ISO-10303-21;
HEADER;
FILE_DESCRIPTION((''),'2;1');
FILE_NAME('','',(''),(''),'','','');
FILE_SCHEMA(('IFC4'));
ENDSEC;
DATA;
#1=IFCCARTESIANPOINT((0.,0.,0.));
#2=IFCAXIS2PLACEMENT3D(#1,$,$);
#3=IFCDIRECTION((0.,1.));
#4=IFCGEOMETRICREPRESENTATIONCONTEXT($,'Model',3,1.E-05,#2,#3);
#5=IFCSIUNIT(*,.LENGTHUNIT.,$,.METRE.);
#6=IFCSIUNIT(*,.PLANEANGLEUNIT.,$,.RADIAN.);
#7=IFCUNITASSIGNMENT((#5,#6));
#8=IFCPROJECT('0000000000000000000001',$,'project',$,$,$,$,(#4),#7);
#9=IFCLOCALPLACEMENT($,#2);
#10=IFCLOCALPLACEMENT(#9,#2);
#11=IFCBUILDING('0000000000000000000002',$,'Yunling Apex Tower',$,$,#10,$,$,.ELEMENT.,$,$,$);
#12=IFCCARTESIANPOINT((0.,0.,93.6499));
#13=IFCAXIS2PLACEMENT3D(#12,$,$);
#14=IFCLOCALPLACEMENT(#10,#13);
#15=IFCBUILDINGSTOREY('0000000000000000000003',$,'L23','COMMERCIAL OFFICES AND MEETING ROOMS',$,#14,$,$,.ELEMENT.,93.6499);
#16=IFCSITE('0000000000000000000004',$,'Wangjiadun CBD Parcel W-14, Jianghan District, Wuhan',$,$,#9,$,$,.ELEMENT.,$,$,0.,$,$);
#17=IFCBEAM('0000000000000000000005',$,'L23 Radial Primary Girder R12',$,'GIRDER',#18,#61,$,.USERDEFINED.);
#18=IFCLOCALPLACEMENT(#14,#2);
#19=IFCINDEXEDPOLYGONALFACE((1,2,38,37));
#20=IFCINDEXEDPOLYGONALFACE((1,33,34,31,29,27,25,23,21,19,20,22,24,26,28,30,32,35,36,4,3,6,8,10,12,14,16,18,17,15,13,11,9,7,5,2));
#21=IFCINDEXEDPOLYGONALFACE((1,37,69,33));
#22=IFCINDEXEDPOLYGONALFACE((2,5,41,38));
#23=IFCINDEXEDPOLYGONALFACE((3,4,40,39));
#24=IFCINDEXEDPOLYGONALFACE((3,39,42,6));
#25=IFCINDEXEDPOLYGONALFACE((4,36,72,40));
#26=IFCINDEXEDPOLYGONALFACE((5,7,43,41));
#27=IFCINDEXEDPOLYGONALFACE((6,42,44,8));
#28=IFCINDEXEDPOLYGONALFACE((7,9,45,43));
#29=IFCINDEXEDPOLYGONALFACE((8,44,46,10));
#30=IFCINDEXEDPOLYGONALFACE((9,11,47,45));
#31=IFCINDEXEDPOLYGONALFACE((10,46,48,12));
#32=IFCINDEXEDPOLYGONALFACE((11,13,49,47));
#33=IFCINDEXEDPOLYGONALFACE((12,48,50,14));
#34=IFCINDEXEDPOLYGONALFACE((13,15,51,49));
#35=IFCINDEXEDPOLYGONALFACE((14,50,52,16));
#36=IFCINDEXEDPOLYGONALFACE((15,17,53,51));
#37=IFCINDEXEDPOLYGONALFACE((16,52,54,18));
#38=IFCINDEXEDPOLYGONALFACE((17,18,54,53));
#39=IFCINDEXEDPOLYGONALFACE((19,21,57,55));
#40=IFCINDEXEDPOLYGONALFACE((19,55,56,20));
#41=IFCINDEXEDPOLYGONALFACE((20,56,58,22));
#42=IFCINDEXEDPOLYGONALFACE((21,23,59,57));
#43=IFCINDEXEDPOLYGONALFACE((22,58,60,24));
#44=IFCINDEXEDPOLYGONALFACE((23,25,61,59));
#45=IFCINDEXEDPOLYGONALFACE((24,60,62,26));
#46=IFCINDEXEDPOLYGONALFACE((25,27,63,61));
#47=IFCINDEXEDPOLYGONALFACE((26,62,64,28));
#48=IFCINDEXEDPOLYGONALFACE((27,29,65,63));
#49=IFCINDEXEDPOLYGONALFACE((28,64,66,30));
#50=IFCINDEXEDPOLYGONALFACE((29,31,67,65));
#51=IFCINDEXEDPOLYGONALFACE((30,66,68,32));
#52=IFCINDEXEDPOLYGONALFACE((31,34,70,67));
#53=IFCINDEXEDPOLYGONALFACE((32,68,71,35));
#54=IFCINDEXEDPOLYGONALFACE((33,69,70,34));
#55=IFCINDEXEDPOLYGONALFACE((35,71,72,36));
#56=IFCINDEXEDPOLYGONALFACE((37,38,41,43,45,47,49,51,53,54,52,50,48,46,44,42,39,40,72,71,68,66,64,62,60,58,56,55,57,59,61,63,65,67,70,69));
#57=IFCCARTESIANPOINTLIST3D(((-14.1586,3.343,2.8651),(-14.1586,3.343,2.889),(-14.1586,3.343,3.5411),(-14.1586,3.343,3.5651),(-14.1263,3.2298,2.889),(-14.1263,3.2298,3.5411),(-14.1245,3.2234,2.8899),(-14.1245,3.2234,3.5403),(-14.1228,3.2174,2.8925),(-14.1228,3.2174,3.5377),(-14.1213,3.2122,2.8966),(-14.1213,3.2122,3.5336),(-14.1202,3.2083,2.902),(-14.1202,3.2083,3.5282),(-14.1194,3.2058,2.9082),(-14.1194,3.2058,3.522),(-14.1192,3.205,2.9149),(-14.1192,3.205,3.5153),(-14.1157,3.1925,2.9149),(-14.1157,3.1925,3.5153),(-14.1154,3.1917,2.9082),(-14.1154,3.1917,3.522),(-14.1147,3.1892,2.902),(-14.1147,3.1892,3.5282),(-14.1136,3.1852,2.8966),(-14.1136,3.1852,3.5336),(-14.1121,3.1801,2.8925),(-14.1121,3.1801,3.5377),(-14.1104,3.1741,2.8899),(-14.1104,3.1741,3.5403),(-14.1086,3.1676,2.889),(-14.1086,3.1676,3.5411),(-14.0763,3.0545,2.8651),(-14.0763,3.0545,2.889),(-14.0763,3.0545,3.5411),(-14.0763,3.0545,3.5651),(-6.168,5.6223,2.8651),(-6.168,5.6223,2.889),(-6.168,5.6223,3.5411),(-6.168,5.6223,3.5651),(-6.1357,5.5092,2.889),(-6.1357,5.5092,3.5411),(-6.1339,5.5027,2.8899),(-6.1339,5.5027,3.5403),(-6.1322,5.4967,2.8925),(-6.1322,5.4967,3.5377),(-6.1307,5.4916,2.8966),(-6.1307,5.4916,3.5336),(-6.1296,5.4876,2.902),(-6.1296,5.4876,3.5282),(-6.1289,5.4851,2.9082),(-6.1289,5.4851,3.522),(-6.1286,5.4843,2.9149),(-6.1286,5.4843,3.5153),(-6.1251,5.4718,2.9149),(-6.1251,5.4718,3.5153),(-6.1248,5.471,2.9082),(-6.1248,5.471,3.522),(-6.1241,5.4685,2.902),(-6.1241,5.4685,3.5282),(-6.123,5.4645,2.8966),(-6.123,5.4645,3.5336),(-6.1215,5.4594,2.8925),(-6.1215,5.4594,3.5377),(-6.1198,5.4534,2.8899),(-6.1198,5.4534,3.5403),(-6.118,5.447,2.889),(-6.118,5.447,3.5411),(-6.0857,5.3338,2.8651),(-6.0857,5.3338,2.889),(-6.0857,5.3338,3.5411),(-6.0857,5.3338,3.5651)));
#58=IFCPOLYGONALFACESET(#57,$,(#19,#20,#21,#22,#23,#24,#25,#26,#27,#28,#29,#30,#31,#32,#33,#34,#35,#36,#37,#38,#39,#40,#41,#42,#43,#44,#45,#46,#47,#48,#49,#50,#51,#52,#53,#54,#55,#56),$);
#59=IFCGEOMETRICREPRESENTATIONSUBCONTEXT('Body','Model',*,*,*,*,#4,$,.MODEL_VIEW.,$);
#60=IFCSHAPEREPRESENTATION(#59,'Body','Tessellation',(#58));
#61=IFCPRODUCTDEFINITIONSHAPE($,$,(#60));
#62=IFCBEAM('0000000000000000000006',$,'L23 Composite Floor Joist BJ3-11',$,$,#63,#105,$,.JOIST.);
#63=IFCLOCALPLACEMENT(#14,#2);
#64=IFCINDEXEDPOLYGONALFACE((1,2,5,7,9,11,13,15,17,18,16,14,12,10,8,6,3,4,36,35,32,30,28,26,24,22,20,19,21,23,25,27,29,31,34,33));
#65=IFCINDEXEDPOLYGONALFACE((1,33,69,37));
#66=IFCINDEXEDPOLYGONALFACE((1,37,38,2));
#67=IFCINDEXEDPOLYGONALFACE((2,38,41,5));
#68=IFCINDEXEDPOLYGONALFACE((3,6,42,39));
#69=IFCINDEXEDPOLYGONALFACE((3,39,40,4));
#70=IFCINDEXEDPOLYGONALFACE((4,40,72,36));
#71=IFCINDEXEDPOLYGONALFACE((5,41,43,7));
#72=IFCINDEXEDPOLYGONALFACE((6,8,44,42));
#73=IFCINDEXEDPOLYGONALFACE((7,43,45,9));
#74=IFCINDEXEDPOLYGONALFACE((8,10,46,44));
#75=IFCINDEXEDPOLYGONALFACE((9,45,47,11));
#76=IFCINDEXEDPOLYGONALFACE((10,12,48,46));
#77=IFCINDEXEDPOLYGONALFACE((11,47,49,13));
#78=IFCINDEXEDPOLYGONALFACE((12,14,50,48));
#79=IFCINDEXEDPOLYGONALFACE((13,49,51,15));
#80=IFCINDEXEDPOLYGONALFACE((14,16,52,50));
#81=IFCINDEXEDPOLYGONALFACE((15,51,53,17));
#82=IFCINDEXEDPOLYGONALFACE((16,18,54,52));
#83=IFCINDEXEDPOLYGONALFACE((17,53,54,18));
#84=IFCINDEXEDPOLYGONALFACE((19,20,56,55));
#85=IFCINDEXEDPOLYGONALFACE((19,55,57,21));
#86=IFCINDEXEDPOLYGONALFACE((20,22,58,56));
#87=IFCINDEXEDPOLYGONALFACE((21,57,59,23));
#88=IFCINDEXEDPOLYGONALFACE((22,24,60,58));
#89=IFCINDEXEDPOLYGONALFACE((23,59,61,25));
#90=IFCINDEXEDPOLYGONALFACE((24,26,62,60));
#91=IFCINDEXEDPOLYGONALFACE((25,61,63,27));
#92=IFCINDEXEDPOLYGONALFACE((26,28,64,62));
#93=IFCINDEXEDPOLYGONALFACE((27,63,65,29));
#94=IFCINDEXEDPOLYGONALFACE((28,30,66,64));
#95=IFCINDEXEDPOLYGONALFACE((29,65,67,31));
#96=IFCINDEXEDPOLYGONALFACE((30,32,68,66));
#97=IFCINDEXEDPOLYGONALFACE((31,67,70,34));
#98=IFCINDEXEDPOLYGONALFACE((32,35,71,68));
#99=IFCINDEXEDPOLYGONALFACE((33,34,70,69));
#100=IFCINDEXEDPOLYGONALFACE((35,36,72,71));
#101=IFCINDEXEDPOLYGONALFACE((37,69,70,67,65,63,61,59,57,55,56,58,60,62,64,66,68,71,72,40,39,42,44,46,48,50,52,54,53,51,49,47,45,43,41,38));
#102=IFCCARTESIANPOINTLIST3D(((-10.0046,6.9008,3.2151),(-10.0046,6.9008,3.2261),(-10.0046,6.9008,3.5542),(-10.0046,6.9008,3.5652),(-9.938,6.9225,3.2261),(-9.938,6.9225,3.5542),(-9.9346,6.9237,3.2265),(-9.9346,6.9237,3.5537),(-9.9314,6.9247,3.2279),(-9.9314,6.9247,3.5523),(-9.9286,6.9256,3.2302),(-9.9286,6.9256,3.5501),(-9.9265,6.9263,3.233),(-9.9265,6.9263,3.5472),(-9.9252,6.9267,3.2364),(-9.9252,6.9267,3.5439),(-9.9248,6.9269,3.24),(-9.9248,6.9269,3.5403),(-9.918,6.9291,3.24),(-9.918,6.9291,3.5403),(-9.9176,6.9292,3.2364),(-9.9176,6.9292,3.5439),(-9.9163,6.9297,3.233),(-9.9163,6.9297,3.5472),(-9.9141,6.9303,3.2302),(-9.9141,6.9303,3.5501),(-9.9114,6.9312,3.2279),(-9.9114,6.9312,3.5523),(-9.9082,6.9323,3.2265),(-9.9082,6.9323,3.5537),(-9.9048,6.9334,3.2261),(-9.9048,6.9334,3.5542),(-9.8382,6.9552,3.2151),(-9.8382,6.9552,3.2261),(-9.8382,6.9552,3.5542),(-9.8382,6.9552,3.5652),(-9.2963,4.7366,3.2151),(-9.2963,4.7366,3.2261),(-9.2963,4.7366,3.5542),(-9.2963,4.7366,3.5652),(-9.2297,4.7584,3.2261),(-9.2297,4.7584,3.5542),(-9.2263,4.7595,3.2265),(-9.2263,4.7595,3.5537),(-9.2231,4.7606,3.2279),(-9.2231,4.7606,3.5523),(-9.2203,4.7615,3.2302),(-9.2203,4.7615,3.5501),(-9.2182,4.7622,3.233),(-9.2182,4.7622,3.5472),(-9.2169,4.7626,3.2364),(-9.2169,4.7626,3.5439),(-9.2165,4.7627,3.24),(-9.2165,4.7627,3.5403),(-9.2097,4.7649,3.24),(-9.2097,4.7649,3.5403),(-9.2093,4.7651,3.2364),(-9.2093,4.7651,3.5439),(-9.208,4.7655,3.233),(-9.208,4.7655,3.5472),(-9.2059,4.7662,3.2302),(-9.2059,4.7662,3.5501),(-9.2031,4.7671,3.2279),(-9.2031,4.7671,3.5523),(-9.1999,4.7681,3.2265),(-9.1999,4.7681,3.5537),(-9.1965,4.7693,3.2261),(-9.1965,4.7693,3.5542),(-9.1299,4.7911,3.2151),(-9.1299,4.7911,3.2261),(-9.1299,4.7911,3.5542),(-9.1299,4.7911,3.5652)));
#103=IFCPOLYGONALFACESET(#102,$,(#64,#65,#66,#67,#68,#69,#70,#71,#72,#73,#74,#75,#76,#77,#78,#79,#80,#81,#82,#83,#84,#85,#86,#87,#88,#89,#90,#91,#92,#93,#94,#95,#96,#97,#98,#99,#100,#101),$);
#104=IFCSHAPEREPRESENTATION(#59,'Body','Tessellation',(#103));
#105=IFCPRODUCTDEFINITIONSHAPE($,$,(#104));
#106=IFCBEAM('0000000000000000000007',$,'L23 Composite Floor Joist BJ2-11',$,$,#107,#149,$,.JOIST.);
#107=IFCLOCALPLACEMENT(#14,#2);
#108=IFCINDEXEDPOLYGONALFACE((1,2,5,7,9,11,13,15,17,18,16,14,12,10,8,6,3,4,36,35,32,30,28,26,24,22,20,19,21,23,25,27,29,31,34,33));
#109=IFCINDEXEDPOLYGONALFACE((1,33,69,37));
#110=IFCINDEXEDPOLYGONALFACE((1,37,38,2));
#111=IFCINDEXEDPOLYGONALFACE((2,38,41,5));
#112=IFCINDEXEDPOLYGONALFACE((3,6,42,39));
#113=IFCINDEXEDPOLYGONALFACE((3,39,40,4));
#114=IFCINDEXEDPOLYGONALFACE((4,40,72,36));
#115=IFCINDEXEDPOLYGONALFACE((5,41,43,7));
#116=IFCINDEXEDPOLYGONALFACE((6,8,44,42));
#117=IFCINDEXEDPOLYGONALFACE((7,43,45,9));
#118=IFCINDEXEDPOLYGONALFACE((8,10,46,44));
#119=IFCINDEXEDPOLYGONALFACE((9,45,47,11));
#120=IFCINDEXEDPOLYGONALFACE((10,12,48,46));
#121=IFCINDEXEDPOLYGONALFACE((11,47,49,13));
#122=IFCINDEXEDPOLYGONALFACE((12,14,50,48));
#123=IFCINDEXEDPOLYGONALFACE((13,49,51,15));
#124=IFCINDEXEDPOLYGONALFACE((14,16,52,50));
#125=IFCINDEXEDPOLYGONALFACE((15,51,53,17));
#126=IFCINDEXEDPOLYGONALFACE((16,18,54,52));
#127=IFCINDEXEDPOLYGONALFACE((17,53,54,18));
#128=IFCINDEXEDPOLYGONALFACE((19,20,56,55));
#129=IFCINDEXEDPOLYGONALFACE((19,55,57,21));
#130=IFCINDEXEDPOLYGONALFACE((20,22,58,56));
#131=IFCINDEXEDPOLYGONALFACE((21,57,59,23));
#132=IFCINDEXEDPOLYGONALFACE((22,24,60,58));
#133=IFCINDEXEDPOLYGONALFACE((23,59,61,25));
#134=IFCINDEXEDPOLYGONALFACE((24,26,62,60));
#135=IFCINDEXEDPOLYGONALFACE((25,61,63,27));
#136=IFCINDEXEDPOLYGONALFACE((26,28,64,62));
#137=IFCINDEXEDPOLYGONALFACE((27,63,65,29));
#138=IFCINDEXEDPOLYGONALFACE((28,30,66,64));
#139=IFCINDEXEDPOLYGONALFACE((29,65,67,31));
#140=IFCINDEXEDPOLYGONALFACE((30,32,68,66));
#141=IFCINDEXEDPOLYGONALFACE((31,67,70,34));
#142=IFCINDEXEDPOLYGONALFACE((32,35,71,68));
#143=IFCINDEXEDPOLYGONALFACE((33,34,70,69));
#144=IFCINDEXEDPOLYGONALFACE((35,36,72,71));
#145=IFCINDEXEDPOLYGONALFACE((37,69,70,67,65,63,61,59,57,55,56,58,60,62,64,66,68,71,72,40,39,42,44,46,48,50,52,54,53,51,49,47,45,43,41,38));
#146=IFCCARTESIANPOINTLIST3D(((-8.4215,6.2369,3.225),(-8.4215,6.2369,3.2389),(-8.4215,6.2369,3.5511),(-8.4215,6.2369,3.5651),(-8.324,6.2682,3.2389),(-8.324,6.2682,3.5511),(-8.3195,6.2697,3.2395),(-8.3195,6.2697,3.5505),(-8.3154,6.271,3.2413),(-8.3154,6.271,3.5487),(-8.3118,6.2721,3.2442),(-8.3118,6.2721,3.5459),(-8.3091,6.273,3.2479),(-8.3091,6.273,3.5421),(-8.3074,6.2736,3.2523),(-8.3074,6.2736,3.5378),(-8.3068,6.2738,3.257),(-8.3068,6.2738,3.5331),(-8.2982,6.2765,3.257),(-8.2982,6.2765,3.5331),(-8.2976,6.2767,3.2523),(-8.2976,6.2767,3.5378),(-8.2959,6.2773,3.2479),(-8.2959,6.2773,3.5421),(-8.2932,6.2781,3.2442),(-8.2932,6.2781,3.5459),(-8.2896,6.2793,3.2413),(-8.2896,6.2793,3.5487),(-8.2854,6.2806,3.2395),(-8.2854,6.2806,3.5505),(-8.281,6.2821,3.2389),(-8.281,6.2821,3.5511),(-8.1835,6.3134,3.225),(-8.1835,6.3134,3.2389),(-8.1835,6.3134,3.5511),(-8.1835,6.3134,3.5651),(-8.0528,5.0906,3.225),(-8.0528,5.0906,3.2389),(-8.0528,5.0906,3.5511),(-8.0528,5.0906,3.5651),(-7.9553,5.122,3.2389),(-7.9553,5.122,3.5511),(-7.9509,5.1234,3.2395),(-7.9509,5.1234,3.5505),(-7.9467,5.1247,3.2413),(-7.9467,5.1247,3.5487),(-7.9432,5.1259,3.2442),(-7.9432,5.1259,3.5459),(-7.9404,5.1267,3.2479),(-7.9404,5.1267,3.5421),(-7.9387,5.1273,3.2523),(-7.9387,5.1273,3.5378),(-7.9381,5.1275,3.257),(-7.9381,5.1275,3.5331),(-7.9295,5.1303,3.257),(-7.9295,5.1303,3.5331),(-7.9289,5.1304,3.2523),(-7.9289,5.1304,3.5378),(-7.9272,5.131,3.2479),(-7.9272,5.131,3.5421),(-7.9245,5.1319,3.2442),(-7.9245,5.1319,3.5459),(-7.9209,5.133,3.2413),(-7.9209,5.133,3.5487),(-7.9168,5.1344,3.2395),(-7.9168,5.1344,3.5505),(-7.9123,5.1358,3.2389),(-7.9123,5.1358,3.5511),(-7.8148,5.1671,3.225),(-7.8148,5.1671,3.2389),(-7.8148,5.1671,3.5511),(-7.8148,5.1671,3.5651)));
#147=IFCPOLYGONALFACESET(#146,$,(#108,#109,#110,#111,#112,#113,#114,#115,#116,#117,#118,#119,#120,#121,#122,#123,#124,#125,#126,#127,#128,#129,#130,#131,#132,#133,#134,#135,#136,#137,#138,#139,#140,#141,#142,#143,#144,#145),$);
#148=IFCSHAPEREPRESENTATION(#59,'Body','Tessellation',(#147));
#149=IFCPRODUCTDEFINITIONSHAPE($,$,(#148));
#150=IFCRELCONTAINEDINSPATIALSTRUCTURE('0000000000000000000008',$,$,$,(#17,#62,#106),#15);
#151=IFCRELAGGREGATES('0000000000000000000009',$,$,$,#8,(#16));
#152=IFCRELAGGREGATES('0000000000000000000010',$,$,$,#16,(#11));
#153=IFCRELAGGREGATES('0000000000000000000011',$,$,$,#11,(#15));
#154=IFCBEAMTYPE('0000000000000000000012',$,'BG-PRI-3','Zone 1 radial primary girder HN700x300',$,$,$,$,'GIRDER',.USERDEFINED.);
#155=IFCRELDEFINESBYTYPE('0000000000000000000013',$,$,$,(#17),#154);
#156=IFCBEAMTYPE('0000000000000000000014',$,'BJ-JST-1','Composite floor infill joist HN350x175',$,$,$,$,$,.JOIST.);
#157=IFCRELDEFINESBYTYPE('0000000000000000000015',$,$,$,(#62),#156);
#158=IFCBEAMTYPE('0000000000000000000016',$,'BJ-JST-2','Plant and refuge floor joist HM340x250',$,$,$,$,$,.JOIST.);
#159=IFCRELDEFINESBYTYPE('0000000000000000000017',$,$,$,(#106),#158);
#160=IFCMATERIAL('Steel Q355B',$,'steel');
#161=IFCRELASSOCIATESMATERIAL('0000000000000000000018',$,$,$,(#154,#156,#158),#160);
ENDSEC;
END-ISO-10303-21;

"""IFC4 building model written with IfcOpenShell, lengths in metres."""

from ifc_helpers import new_model, si_unit, direction, frame, origin, origin_2d, place, context, subcontext, project, spatial, i_section, extrude, source, transform, mapped, material, material_profile, profile_set, type_object, element, save


model = new_model("IFC4")

# Units and contexts
model_context = context("Model", 3, precision=1e-05, world=origin(), true_north=direction((0.0, 1.0)))
body_context = subcontext(model_context, "Body", "Model", "MODEL_VIEW")
ifc_project = project(units=[si_unit("LENGTHUNIT", "METRE"), si_unit("PLANEANGLEUNIT", "RADIAN")], contexts=[model_context])

# Site, building, storey
site_placement = place(None, origin())
site = spatial("IfcSite", under=ifc_project, at=site_placement, Name="Wangjiadun CBD Parcel W-14, Jianghan District, Wuhan", CompositionType="ELEMENT", RefElevation=0.0)
building_placement = place(site_placement, origin())
building = spatial("IfcBuilding", under=site, at=building_placement, Name="Yunling Apex Tower", CompositionType="ELEMENT")
storey_placement = place(building_placement, frame((0.0, 0.0, 93.6499)))
storey = spatial("IfcBuildingStorey", under=building, at=storey_placement, Name="L23", Description="COMMERCIAL OFFICES AND MEETING ROOMS", CompositionType="ELEMENT", Elevation=93.6499)

# Beams
ifc_material_1 = material(Name="Steel Q355B", Category="steel")
ifc_material_profile_1 = material_profile(ifc_material_1, i_section(OverallWidth=0.3, OverallDepth=0.7, WebThickness=0.0129, FlangeThickness=0.0239, FilletRadius=0.0259, at=origin_2d()))
ifc_profile_set_1 = profile_set([ifc_material_profile_1], Name="Steel Q355B")
beam_type_1 = type_object("IfcBeamType", Name="BG-PRI-3", Description="Zone 1 radial primary girder HN700x300", ElementType="GIRDER", PredefinedType="USERDEFINED", material=ifc_profile_set_1)
shared_shape_1 = source(origin(), body_context, "Body", "SweptSolid", [
    extrude(i_section(OverallWidth=0.3, OverallDepth=0.7, WebThickness=0.0129, FlangeThickness=0.0239, FilletRadius=0.0259, at=origin_2d()), origin(), (0.0, 0.0, 1.0), 8.3093),
])
beam_1_placement = place(storey_placement, frame((-14.1174, 3.1987, 3.2151), z_axis=(0.961641, 0.27431, 0.0), x_axis=(-0.27431, 0.961641, 0.0)))
element("IfcBeam", 1, at=beam_1_placement, inside=storey, type_object=beam_type_1, Name="L23 Radial Primary Girder R12", ObjectType="GIRDER", PredefinedType="USERDEFINED", context=body_context, shape_type="MappedRepresentation", body=[
    mapped(shared_shape_1, transform((0.0, 0.0, 0.0), scale=1.0)),
])
ifc_material_profile_2 = material_profile(ifc_material_1, i_section(OverallWidth=0.175, OverallDepth=0.3501, WebThickness=0.0071, FlangeThickness=0.011, FilletRadius=0.0139, at=origin_2d()))
ifc_profile_set_2 = profile_set([ifc_material_profile_2], Name="Steel Q355B")
beam_type_2 = type_object("IfcBeamType", Name="BJ-JST-1", Description="Composite floor infill joist HN350x175", PredefinedType="JOIST", material=ifc_profile_set_2)
shared_shape_2 = source(origin(), body_context, "Body", "SweptSolid", [
    extrude(i_section(OverallWidth=0.175, OverallDepth=0.3501, WebThickness=0.0071, FlangeThickness=0.011, FilletRadius=0.0139, at=origin_2d()), origin(), (0.0, 0.0, 1.0), 2.2771),
])
beam_2_placement = place(storey_placement, frame((-9.9214, 6.928, 3.3901), z_axis=(0.311044, -0.950395, 0.0), x_axis=(0.950395, 0.311044, 0.0)))
element("IfcBeam", 2, at=beam_2_placement, inside=storey, type_object=beam_type_2, Name="L23 Composite Floor Joist BJ3-11", PredefinedType="JOIST", context=body_context, shape_type="MappedRepresentation", body=[
    mapped(shared_shape_2, transform((0.0, 0.0, 0.0), scale=1.0)),
])
ifc_material_profile_3 = material_profile(ifc_material_1, i_section(OverallWidth=0.25, OverallDepth=0.3401, WebThickness=0.009, FlangeThickness=0.0139, FilletRadius=0.0181, at=origin_2d()))
ifc_profile_set_3 = profile_set([ifc_material_profile_3], Name="Steel Q355B")
beam_type_3 = type_object("IfcBeamType", Name="BJ-JST-2", Description="Plant and refuge floor joist HM340x250", PredefinedType="JOIST", material=ifc_profile_set_3)
shared_shape_3 = source(origin(), body_context, "Body", "SweptSolid", [
    extrude(i_section(OverallWidth=0.25, OverallDepth=0.3401, WebThickness=0.009, FlangeThickness=0.0139, FilletRadius=0.0181, at=origin_2d()), origin(), (0.0, 0.0, 1.0), 1.2041),
])
beam_3_placement = place(storey_placement, frame((-8.3025, 6.2751, 3.395), z_axis=(0.306173, -0.951976, 0.0), x_axis=(0.951976, 0.306173, 0.0)))
element("IfcBeam", 3, at=beam_3_placement, inside=storey, type_object=beam_type_3, Name="L23 Composite Floor Joist BJ2-11", PredefinedType="JOIST", context=body_context, shape_type="MappedRepresentation", body=[
    mapped(shared_shape_3, transform((0.0, 0.0, 0.0), scale=1.0)),
])

save(model, "model.ifc")
